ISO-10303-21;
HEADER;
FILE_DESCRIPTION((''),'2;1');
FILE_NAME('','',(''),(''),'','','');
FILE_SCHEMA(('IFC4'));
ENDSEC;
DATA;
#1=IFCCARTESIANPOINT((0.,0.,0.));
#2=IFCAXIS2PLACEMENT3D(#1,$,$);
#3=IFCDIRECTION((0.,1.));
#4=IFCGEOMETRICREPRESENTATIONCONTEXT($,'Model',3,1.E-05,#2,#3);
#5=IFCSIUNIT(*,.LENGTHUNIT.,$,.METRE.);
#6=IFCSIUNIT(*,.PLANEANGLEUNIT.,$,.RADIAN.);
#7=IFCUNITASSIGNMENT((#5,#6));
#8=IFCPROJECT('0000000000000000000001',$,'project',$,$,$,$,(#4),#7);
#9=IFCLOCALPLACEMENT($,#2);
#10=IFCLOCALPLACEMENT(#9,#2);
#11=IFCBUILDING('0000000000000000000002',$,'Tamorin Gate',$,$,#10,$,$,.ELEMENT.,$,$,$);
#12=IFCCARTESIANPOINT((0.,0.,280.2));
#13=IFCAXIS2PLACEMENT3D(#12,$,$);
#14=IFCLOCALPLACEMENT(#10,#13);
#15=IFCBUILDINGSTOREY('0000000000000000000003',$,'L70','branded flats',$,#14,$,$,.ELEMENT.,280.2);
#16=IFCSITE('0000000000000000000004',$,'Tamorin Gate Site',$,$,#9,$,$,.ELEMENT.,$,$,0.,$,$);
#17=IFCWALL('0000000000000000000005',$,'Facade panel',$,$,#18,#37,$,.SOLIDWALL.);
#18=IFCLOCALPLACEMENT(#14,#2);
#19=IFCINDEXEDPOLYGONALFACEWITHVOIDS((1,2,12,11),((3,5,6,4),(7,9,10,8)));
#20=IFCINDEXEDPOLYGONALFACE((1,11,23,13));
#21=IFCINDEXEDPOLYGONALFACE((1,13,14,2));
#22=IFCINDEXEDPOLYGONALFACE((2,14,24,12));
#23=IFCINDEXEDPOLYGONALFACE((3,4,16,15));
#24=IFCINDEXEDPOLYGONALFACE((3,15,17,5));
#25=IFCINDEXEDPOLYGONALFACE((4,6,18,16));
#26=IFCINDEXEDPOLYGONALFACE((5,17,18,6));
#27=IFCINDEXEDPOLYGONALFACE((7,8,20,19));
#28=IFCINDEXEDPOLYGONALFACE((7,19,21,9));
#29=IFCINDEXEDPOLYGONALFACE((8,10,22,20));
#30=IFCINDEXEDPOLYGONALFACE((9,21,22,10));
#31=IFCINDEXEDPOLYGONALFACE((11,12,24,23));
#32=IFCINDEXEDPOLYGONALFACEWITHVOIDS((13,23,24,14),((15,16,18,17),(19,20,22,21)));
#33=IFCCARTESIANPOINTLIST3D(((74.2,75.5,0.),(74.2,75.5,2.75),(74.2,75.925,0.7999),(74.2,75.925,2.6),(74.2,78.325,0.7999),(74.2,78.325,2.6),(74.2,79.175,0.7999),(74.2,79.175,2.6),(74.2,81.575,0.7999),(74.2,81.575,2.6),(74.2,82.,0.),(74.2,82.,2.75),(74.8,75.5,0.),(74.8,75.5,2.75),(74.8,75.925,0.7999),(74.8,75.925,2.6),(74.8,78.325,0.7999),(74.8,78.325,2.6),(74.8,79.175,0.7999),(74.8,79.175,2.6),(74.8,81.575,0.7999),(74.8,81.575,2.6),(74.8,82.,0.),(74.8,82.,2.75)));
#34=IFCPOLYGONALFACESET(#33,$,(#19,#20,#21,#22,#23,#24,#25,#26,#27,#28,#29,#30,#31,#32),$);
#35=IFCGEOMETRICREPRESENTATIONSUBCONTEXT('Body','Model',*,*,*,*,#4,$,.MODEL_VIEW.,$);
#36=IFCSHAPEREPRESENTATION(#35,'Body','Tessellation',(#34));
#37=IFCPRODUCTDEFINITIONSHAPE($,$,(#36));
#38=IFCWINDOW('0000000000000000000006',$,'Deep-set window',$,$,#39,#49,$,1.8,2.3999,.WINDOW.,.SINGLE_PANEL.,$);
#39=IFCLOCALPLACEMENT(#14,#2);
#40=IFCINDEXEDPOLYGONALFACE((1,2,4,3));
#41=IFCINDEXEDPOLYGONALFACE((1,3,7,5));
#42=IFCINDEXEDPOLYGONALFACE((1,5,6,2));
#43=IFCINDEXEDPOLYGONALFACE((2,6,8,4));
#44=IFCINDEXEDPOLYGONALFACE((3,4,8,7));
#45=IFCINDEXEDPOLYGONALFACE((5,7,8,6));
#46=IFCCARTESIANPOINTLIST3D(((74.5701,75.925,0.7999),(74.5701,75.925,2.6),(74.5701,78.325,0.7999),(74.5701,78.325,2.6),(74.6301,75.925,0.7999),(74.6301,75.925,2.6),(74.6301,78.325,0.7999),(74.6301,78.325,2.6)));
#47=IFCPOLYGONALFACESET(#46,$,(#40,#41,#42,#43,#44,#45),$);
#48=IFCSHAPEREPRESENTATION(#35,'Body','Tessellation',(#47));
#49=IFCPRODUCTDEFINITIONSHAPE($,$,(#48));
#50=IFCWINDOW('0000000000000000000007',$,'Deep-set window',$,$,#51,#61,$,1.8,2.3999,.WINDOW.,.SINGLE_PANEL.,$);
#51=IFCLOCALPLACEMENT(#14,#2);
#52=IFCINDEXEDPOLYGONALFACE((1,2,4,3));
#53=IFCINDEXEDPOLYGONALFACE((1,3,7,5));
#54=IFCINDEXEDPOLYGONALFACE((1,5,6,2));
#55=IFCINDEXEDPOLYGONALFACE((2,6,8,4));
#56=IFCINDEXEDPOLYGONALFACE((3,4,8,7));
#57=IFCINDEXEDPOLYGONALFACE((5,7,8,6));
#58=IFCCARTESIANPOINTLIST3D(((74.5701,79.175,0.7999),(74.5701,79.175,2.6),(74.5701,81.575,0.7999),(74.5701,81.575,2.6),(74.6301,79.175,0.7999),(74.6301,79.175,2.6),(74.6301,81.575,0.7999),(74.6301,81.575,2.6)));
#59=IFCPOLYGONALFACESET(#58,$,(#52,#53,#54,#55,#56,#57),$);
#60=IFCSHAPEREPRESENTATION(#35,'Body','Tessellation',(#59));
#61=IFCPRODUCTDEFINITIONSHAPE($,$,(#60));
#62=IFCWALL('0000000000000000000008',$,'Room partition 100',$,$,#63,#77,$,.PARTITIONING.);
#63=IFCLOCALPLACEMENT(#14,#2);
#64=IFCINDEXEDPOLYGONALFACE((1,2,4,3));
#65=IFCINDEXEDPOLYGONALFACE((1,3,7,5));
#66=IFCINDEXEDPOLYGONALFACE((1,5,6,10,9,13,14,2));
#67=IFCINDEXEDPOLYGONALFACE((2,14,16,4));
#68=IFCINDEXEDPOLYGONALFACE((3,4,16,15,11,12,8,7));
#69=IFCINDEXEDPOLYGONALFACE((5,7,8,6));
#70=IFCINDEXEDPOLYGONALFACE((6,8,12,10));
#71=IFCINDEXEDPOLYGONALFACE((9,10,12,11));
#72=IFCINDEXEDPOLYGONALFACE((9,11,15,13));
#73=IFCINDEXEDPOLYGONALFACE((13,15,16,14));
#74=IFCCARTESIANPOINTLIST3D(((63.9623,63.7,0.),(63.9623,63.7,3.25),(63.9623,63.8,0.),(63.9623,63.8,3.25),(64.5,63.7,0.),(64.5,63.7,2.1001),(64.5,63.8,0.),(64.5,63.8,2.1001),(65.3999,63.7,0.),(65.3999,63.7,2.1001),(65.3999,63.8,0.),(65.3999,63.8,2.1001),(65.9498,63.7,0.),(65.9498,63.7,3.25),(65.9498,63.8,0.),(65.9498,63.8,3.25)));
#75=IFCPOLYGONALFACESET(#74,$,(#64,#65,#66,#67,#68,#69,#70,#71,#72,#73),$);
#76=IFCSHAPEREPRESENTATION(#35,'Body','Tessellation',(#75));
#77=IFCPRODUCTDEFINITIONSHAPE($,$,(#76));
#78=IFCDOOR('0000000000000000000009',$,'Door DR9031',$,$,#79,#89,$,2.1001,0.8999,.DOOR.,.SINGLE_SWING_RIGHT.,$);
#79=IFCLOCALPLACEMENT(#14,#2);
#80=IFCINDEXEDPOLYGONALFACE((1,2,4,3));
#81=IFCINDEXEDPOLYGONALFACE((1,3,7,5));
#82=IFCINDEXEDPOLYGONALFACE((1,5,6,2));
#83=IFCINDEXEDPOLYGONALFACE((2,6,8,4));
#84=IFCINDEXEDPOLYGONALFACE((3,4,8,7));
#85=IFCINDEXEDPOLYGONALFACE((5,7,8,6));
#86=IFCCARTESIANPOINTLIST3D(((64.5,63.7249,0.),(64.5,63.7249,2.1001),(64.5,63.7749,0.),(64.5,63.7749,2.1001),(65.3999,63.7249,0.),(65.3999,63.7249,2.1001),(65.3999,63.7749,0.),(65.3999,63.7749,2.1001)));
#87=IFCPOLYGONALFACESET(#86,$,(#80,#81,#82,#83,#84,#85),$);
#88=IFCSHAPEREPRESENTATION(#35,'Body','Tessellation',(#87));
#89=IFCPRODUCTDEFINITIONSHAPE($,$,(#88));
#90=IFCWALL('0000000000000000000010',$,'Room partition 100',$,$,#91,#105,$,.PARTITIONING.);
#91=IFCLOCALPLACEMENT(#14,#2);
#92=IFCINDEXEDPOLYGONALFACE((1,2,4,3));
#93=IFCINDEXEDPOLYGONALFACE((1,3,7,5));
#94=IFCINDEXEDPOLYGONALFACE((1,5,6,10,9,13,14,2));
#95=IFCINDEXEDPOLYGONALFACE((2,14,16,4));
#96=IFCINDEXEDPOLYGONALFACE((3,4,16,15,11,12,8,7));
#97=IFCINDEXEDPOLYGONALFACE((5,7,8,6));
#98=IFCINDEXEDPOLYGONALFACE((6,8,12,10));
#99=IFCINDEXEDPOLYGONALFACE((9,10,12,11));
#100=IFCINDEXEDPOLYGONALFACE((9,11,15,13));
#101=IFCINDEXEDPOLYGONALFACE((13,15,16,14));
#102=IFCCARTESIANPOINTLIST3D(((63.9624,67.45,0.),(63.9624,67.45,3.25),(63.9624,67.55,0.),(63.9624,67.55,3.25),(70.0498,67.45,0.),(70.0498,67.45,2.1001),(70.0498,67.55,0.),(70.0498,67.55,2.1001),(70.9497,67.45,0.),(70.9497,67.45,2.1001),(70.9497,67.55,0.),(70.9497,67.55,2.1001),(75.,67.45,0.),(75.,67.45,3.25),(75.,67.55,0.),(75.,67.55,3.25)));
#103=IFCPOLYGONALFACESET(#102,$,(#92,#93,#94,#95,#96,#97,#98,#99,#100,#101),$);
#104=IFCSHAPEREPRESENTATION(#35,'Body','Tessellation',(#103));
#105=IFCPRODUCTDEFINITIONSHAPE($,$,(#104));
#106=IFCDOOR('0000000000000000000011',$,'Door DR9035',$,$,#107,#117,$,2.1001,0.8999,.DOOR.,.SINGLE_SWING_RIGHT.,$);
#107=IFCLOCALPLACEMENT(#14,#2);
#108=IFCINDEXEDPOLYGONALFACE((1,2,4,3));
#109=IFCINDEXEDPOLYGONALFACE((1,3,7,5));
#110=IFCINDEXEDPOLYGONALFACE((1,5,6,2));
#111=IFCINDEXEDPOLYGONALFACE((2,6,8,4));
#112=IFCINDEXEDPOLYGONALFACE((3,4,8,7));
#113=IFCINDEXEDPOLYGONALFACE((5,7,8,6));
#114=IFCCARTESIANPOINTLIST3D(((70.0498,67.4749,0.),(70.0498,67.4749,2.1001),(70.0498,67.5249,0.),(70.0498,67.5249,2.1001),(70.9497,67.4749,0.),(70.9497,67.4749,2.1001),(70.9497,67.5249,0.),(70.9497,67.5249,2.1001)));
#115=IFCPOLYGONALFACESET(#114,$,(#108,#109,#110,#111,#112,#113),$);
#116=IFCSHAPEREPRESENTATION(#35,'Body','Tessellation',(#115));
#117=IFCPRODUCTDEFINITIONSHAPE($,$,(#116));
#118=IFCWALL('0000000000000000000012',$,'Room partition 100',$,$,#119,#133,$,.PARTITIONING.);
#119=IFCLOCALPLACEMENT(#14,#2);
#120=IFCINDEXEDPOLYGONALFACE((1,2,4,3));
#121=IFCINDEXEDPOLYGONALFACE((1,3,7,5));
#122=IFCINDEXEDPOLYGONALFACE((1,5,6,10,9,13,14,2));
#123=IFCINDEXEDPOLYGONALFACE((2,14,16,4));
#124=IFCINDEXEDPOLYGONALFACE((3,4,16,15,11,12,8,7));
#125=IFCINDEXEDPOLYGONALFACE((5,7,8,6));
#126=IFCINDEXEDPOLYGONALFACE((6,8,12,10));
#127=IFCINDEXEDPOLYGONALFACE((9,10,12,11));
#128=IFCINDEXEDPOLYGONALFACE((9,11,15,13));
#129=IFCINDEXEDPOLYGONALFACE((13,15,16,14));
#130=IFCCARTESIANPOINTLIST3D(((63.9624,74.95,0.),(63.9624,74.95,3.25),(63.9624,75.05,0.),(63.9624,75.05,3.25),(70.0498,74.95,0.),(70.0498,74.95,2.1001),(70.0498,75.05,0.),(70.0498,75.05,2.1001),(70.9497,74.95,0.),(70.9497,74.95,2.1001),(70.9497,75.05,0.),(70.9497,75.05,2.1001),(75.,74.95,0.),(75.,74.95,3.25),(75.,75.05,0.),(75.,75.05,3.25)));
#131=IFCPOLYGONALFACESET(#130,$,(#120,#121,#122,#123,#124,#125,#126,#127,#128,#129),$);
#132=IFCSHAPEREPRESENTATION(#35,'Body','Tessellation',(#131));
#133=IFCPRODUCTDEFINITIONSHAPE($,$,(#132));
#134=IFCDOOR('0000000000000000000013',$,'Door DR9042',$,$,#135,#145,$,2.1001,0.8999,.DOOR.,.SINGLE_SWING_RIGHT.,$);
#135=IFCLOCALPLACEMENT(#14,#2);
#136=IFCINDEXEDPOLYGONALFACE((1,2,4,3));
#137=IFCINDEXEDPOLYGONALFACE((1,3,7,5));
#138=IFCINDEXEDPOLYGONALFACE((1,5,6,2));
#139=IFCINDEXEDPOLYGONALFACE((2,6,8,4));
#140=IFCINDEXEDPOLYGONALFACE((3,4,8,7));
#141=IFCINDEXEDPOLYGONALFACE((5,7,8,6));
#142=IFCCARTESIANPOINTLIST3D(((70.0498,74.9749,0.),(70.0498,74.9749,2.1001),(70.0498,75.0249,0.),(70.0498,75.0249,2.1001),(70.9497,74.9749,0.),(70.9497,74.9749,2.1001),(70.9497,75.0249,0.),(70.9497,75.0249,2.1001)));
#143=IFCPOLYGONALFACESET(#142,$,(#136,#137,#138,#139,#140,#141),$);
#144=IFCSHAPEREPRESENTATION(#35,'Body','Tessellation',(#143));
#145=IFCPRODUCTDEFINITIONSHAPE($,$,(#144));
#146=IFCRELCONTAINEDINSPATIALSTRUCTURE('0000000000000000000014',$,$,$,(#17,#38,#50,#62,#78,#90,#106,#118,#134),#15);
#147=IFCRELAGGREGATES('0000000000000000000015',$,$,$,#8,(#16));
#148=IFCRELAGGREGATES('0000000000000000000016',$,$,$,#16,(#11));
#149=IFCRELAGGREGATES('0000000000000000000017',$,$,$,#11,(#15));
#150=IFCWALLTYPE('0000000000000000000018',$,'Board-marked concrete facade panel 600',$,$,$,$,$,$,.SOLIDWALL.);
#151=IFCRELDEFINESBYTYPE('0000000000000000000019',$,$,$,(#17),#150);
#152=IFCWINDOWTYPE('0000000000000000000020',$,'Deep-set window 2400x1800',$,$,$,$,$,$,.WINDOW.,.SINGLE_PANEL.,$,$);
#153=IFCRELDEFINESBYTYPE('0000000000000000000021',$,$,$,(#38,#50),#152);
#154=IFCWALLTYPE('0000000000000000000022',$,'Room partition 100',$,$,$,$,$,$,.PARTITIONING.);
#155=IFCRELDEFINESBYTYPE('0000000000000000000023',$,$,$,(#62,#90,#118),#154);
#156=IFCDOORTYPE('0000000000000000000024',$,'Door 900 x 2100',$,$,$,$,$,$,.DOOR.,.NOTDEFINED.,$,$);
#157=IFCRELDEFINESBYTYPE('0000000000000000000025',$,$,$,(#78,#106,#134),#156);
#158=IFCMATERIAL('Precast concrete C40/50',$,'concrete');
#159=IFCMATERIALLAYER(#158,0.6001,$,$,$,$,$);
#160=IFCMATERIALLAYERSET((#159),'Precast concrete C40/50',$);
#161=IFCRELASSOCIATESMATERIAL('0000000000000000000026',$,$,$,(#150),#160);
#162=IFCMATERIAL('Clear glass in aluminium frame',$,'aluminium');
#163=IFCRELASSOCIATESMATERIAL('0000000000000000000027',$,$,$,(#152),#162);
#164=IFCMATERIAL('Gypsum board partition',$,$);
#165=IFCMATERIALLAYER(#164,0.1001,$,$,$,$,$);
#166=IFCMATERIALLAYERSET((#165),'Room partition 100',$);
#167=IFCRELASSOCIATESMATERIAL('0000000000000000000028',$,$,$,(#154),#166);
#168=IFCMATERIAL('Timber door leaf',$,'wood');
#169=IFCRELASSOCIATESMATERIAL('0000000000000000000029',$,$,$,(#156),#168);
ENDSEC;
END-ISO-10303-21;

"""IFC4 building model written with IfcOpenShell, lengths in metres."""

from ifc_helpers import new_model, si_unit, direction, frame, frame_2d, origin, place, context, subcontext, project, spatial, rectangle, extrude, material, layer, layer_set, type_object, element, fill, save


model = new_model("IFC4")

# Units and contexts
model_context = context("Model", 3, precision=1e-05, world=origin(), true_north=direction((0.0, 1.0)))
body_context = subcontext(model_context, "Body", "Model", "MODEL_VIEW")
ifc_project = project(units=[si_unit("LENGTHUNIT", "METRE"), si_unit("PLANEANGLEUNIT", "RADIAN")], contexts=[model_context])

# Site, building, storey
site_placement = place(None, origin())
site = spatial("IfcSite", under=ifc_project, at=site_placement, Name="Tamorin Gate Site", CompositionType="ELEMENT", RefElevation=0.0)
building_placement = place(site_placement, origin())
building = spatial("IfcBuilding", under=site, at=building_placement, Name="Tamorin Gate", CompositionType="ELEMENT")
storey_placement = place(building_placement, frame((0.0, 0.0, 280.2)))
storey = spatial("IfcBuildingStorey", under=building, at=storey_placement, Name="L70", Description="branded flats", CompositionType="ELEMENT", Elevation=280.2)

# Wall, openings, windows
ifc_material_1 = material(Name="Precast concrete C40/50", Category="concrete")
ifc_layer_1 = layer(ifc_material_1, 0.6001)
ifc_layer_set_1 = layer_set([ifc_layer_1], Name="Precast concrete C40/50")
wall_type_1 = type_object("IfcWallType", Name="Board-marked concrete facade panel 600", PredefinedType="SOLIDWALL", material=ifc_layer_set_1)
ifc_material_2 = material(Name="Clear glass in aluminium frame", Category="aluminium")
window_type = type_object("IfcWindowType", Name="Deep-set window 2400x1800", PartitioningType="SINGLE_PANEL", PredefinedType="WINDOW", material=ifc_material_2)
wall_1_placement = place(storey_placement, frame((74.5, 75.5, 0.0), z_axis=(0.0, 0.0, 1.0), x_axis=(0.0, 1.0, 0.0)))
wall_1 = element("IfcWall", 1, at=wall_1_placement, inside=storey, type_object=wall_type_1, Name="Facade panel", PredefinedType="SOLIDWALL", context=body_context, shape_type="SweptSolid", body=[
    extrude(rectangle(XDim=6.5, YDim=0.6001, at=frame_2d((3.25, 0.0))), origin(), (0.0, 0.0, 1.0), 2.75),
])
opening_1_placement = place(wall_1_placement, frame((0.425, 0.0, 0.8)))
opening_1 = element("IfcOpeningElement", 2, at=opening_1_placement, cuts=wall_1, PredefinedType="OPENING", context=body_context, shape_type="SweptSolid", body=[
    extrude(rectangle(XDim=2.3999, YDim=1.8, at=frame_2d((1.2, 0.8999))), frame((0.0, 0.3101, 0.0), z_axis=(0.0, -1.0, 0.0), x_axis=(1.0, 0.0, 0.0)), (0.0, 0.0, 1.0), 0.6201),
])
opening_2_placement = place(wall_1_placement, frame((3.675, 0.0, 0.8)))
opening_2 = element("IfcOpeningElement", 3, at=opening_2_placement, cuts=wall_1, PredefinedType="OPENING", context=body_context, shape_type="SweptSolid", body=[
    extrude(rectangle(XDim=2.3999, YDim=1.8, at=frame_2d((1.2, 0.8999))), frame((0.0, 0.3101, 0.0), z_axis=(0.0, -1.0, 0.0), x_axis=(1.0, 0.0, 0.0)), (0.0, 0.0, 1.0), 0.6201),
])
window_1_placement = place(opening_1_placement, origin())
window_1 = element("IfcWindow", 4, at=window_1_placement, inside=storey, type_object=window_type, Name="Deep-set window", OverallHeight=1.8, OverallWidth=2.3999, PartitioningType="SINGLE_PANEL", PredefinedType="WINDOW", context=body_context, shape_type="SweptSolid", body=[
    extrude(rectangle(XDim=2.3999, YDim=1.8, at=frame_2d((1.2, 0.8999))), frame((0.0, -0.0701, 0.0), z_axis=(0.0, -1.0, 0.0), x_axis=(1.0, 0.0, 0.0)), (0.0, 0.0, 1.0), 0.0601),
])
fill(opening_1, window_1)
window_2_placement = place(opening_2_placement, origin())
window_2 = element("IfcWindow", 5, at=window_2_placement, inside=storey, type_object=window_type, Name="Deep-set window", OverallHeight=1.8, OverallWidth=2.3999, PartitioningType="SINGLE_PANEL", PredefinedType="WINDOW", context=body_context, shape_type="SweptSolid", body=[
    extrude(rectangle(XDim=2.3999, YDim=1.8, at=frame_2d((1.2, 0.8999))), frame((0.0, -0.0701, 0.0), z_axis=(0.0, -1.0, 0.0), x_axis=(1.0, 0.0, 0.0)), (0.0, 0.0, 1.0), 0.0601),
])
fill(opening_2, window_2)

# Walls, openings, doors
ifc_material_3 = material(Name="Gypsum board partition")
ifc_layer_2 = layer(ifc_material_3, 0.1001)
ifc_layer_set_2 = layer_set([ifc_layer_2], Name="Room partition 100")
wall_type_2 = type_object("IfcWallType", Name="Room partition 100", PredefinedType="PARTITIONING", material=ifc_layer_set_2)
wall_2_placement = place(storey_placement, frame((63.9624, 63.75, 0.0), z_axis=(0.0, 0.0, 1.0), x_axis=(1.0, 0.0, 0.0)))
wall_2 = element("IfcWall", 6, at=wall_2_placement, inside=storey, type_object=wall_type_2, Name="Room partition 100", PredefinedType="PARTITIONING", context=body_context, shape_type="SweptSolid", body=[
    extrude(rectangle(XDim=1.9875, YDim=0.1001, at=frame_2d((0.9937, 0.0))), origin(), (0.0, 0.0, 1.0), 3.25),
])
opening_3_placement = place(wall_2_placement, frame((0.5376, 0.0, 0.0)))
opening_3 = element("IfcOpeningElement", 7, at=opening_3_placement, cuts=wall_2, PredefinedType="OPENING", context=body_context, shape_type="SweptSolid", body=[
    extrude(rectangle(XDim=0.8999, YDim=2.1001, at=frame_2d((0.45, 1.05))), frame((0.0, 0.0601, 0.0), z_axis=(0.0, -1.0, 0.0), x_axis=(1.0, 0.0, 0.0)), (0.0, 0.0, 1.0), 0.1201),
])
ifc_material_4 = material(Name="Timber door leaf", Category="wood")
door_type = type_object("IfcDoorType", Name="Door 900 x 2100", OperationType="NOTDEFINED", PredefinedType="DOOR", material=ifc_material_4)
door_1_placement = place(opening_3_placement, origin())
door_1 = element("IfcDoor", 8, at=door_1_placement, inside=storey, type_object=door_type, Name="Door DR9031", OperationType="SINGLE_SWING_RIGHT", OverallHeight=2.1001, OverallWidth=0.8999, PredefinedType="DOOR", context=body_context, shape_type="SweptSolid", body=[
    extrude(rectangle(XDim=0.8999, YDim=2.1001, at=frame_2d((0.45, 1.05))), frame((0.0, 0.0249, 0.0), z_axis=(0.0, -1.0, 0.0), x_axis=(1.0, 0.0, 0.0)), (0.0, 0.0, 1.0), 0.05),
])
fill(opening_3, door_1)
wall_3_placement = place(storey_placement, frame((63.9624, 67.5, 0.0), z_axis=(0.0, 0.0, 1.0), x_axis=(1.0, 0.0, 0.0)))
wall_3 = element("IfcWall", 9, at=wall_3_placement, inside=storey, type_object=wall_type_2, Name="Room partition 100", PredefinedType="PARTITIONING", context=body_context, shape_type="SweptSolid", body=[
    extrude(rectangle(XDim=11.0376, YDim=0.1001, at=frame_2d((5.5188, 0.0))), origin(), (0.0, 0.0, 1.0), 3.25),
])
opening_4_placement = place(wall_3_placement, frame((6.0874, 0.0, 0.0)))
opening_4 = element("IfcOpeningElement", 10, at=opening_4_placement, cuts=wall_3, PredefinedType="OPENING", context=body_context, shape_type="SweptSolid", body=[
    extrude(rectangle(XDim=0.8999, YDim=2.1001, at=frame_2d((0.45, 1.05))), frame((0.0, 0.0601, 0.0), z_axis=(0.0, -1.0, 0.0), x_axis=(1.0, 0.0, 0.0)), (0.0, 0.0, 1.0), 0.1201),
])
door_2_placement = place(opening_4_placement, origin())
door_2 = element("IfcDoor", 11, at=door_2_placement, inside=storey, type_object=door_type, Name="Door DR9035", OperationType="SINGLE_SWING_RIGHT", OverallHeight=2.1001, OverallWidth=0.8999, PredefinedType="DOOR", context=body_context, shape_type="SweptSolid", body=[
    extrude(rectangle(XDim=0.8999, YDim=2.1001, at=frame_2d((0.45, 1.05))), frame((0.0, 0.0249, 0.0), z_axis=(0.0, -1.0, 0.0), x_axis=(1.0, 0.0, 0.0)), (0.0, 0.0, 1.0), 0.05),
])
fill(opening_4, door_2)
wall_4_placement = place(storey_placement, frame((63.9624, 75.0, 0.0), z_axis=(0.0, 0.0, 1.0), x_axis=(1.0, 0.0, 0.0)))
wall_4 = element("IfcWall", 12, at=wall_4_placement, inside=storey, type_object=wall_type_2, Name="Room partition 100", PredefinedType="PARTITIONING", context=body_context, shape_type="SweptSolid", body=[
    extrude(rectangle(XDim=11.0376, YDim=0.1001, at=frame_2d((5.5188, 0.0))), origin(), (0.0, 0.0, 1.0), 3.25),
])
opening_5_placement = place(wall_4_placement, frame((6.0874, 0.0, 0.0)))
opening_5 = element("IfcOpeningElement", 13, at=opening_5_placement, cuts=wall_4, PredefinedType="OPENING", context=body_context, shape_type="SweptSolid", body=[
    extrude(rectangle(XDim=0.8999, YDim=2.1001, at=frame_2d((0.45, 1.05))), frame((0.0, 0.0601, 0.0), z_axis=(0.0, -1.0, 0.0), x_axis=(1.0, 0.0, 0.0)), (0.0, 0.0, 1.0), 0.1201),
])
door_3_placement = place(opening_5_placement, origin())
door_3 = element("IfcDoor", 14, at=door_3_placement, inside=storey, type_object=door_type, Name="Door DR9042", OperationType="SINGLE_SWING_RIGHT", OverallHeight=2.1001, OverallWidth=0.8999, PredefinedType="DOOR", context=body_context, shape_type="SweptSolid", body=[
    extrude(rectangle(XDim=0.8999, YDim=2.1001, at=frame_2d((0.45, 1.05))), frame((0.0, 0.0249, 0.0), z_axis=(0.0, -1.0, 0.0), x_axis=(1.0, 0.0, 0.0)), (0.0, 0.0, 1.0), 0.05),
])
fill(opening_5, door_3)

save(model, "model.ifc")
